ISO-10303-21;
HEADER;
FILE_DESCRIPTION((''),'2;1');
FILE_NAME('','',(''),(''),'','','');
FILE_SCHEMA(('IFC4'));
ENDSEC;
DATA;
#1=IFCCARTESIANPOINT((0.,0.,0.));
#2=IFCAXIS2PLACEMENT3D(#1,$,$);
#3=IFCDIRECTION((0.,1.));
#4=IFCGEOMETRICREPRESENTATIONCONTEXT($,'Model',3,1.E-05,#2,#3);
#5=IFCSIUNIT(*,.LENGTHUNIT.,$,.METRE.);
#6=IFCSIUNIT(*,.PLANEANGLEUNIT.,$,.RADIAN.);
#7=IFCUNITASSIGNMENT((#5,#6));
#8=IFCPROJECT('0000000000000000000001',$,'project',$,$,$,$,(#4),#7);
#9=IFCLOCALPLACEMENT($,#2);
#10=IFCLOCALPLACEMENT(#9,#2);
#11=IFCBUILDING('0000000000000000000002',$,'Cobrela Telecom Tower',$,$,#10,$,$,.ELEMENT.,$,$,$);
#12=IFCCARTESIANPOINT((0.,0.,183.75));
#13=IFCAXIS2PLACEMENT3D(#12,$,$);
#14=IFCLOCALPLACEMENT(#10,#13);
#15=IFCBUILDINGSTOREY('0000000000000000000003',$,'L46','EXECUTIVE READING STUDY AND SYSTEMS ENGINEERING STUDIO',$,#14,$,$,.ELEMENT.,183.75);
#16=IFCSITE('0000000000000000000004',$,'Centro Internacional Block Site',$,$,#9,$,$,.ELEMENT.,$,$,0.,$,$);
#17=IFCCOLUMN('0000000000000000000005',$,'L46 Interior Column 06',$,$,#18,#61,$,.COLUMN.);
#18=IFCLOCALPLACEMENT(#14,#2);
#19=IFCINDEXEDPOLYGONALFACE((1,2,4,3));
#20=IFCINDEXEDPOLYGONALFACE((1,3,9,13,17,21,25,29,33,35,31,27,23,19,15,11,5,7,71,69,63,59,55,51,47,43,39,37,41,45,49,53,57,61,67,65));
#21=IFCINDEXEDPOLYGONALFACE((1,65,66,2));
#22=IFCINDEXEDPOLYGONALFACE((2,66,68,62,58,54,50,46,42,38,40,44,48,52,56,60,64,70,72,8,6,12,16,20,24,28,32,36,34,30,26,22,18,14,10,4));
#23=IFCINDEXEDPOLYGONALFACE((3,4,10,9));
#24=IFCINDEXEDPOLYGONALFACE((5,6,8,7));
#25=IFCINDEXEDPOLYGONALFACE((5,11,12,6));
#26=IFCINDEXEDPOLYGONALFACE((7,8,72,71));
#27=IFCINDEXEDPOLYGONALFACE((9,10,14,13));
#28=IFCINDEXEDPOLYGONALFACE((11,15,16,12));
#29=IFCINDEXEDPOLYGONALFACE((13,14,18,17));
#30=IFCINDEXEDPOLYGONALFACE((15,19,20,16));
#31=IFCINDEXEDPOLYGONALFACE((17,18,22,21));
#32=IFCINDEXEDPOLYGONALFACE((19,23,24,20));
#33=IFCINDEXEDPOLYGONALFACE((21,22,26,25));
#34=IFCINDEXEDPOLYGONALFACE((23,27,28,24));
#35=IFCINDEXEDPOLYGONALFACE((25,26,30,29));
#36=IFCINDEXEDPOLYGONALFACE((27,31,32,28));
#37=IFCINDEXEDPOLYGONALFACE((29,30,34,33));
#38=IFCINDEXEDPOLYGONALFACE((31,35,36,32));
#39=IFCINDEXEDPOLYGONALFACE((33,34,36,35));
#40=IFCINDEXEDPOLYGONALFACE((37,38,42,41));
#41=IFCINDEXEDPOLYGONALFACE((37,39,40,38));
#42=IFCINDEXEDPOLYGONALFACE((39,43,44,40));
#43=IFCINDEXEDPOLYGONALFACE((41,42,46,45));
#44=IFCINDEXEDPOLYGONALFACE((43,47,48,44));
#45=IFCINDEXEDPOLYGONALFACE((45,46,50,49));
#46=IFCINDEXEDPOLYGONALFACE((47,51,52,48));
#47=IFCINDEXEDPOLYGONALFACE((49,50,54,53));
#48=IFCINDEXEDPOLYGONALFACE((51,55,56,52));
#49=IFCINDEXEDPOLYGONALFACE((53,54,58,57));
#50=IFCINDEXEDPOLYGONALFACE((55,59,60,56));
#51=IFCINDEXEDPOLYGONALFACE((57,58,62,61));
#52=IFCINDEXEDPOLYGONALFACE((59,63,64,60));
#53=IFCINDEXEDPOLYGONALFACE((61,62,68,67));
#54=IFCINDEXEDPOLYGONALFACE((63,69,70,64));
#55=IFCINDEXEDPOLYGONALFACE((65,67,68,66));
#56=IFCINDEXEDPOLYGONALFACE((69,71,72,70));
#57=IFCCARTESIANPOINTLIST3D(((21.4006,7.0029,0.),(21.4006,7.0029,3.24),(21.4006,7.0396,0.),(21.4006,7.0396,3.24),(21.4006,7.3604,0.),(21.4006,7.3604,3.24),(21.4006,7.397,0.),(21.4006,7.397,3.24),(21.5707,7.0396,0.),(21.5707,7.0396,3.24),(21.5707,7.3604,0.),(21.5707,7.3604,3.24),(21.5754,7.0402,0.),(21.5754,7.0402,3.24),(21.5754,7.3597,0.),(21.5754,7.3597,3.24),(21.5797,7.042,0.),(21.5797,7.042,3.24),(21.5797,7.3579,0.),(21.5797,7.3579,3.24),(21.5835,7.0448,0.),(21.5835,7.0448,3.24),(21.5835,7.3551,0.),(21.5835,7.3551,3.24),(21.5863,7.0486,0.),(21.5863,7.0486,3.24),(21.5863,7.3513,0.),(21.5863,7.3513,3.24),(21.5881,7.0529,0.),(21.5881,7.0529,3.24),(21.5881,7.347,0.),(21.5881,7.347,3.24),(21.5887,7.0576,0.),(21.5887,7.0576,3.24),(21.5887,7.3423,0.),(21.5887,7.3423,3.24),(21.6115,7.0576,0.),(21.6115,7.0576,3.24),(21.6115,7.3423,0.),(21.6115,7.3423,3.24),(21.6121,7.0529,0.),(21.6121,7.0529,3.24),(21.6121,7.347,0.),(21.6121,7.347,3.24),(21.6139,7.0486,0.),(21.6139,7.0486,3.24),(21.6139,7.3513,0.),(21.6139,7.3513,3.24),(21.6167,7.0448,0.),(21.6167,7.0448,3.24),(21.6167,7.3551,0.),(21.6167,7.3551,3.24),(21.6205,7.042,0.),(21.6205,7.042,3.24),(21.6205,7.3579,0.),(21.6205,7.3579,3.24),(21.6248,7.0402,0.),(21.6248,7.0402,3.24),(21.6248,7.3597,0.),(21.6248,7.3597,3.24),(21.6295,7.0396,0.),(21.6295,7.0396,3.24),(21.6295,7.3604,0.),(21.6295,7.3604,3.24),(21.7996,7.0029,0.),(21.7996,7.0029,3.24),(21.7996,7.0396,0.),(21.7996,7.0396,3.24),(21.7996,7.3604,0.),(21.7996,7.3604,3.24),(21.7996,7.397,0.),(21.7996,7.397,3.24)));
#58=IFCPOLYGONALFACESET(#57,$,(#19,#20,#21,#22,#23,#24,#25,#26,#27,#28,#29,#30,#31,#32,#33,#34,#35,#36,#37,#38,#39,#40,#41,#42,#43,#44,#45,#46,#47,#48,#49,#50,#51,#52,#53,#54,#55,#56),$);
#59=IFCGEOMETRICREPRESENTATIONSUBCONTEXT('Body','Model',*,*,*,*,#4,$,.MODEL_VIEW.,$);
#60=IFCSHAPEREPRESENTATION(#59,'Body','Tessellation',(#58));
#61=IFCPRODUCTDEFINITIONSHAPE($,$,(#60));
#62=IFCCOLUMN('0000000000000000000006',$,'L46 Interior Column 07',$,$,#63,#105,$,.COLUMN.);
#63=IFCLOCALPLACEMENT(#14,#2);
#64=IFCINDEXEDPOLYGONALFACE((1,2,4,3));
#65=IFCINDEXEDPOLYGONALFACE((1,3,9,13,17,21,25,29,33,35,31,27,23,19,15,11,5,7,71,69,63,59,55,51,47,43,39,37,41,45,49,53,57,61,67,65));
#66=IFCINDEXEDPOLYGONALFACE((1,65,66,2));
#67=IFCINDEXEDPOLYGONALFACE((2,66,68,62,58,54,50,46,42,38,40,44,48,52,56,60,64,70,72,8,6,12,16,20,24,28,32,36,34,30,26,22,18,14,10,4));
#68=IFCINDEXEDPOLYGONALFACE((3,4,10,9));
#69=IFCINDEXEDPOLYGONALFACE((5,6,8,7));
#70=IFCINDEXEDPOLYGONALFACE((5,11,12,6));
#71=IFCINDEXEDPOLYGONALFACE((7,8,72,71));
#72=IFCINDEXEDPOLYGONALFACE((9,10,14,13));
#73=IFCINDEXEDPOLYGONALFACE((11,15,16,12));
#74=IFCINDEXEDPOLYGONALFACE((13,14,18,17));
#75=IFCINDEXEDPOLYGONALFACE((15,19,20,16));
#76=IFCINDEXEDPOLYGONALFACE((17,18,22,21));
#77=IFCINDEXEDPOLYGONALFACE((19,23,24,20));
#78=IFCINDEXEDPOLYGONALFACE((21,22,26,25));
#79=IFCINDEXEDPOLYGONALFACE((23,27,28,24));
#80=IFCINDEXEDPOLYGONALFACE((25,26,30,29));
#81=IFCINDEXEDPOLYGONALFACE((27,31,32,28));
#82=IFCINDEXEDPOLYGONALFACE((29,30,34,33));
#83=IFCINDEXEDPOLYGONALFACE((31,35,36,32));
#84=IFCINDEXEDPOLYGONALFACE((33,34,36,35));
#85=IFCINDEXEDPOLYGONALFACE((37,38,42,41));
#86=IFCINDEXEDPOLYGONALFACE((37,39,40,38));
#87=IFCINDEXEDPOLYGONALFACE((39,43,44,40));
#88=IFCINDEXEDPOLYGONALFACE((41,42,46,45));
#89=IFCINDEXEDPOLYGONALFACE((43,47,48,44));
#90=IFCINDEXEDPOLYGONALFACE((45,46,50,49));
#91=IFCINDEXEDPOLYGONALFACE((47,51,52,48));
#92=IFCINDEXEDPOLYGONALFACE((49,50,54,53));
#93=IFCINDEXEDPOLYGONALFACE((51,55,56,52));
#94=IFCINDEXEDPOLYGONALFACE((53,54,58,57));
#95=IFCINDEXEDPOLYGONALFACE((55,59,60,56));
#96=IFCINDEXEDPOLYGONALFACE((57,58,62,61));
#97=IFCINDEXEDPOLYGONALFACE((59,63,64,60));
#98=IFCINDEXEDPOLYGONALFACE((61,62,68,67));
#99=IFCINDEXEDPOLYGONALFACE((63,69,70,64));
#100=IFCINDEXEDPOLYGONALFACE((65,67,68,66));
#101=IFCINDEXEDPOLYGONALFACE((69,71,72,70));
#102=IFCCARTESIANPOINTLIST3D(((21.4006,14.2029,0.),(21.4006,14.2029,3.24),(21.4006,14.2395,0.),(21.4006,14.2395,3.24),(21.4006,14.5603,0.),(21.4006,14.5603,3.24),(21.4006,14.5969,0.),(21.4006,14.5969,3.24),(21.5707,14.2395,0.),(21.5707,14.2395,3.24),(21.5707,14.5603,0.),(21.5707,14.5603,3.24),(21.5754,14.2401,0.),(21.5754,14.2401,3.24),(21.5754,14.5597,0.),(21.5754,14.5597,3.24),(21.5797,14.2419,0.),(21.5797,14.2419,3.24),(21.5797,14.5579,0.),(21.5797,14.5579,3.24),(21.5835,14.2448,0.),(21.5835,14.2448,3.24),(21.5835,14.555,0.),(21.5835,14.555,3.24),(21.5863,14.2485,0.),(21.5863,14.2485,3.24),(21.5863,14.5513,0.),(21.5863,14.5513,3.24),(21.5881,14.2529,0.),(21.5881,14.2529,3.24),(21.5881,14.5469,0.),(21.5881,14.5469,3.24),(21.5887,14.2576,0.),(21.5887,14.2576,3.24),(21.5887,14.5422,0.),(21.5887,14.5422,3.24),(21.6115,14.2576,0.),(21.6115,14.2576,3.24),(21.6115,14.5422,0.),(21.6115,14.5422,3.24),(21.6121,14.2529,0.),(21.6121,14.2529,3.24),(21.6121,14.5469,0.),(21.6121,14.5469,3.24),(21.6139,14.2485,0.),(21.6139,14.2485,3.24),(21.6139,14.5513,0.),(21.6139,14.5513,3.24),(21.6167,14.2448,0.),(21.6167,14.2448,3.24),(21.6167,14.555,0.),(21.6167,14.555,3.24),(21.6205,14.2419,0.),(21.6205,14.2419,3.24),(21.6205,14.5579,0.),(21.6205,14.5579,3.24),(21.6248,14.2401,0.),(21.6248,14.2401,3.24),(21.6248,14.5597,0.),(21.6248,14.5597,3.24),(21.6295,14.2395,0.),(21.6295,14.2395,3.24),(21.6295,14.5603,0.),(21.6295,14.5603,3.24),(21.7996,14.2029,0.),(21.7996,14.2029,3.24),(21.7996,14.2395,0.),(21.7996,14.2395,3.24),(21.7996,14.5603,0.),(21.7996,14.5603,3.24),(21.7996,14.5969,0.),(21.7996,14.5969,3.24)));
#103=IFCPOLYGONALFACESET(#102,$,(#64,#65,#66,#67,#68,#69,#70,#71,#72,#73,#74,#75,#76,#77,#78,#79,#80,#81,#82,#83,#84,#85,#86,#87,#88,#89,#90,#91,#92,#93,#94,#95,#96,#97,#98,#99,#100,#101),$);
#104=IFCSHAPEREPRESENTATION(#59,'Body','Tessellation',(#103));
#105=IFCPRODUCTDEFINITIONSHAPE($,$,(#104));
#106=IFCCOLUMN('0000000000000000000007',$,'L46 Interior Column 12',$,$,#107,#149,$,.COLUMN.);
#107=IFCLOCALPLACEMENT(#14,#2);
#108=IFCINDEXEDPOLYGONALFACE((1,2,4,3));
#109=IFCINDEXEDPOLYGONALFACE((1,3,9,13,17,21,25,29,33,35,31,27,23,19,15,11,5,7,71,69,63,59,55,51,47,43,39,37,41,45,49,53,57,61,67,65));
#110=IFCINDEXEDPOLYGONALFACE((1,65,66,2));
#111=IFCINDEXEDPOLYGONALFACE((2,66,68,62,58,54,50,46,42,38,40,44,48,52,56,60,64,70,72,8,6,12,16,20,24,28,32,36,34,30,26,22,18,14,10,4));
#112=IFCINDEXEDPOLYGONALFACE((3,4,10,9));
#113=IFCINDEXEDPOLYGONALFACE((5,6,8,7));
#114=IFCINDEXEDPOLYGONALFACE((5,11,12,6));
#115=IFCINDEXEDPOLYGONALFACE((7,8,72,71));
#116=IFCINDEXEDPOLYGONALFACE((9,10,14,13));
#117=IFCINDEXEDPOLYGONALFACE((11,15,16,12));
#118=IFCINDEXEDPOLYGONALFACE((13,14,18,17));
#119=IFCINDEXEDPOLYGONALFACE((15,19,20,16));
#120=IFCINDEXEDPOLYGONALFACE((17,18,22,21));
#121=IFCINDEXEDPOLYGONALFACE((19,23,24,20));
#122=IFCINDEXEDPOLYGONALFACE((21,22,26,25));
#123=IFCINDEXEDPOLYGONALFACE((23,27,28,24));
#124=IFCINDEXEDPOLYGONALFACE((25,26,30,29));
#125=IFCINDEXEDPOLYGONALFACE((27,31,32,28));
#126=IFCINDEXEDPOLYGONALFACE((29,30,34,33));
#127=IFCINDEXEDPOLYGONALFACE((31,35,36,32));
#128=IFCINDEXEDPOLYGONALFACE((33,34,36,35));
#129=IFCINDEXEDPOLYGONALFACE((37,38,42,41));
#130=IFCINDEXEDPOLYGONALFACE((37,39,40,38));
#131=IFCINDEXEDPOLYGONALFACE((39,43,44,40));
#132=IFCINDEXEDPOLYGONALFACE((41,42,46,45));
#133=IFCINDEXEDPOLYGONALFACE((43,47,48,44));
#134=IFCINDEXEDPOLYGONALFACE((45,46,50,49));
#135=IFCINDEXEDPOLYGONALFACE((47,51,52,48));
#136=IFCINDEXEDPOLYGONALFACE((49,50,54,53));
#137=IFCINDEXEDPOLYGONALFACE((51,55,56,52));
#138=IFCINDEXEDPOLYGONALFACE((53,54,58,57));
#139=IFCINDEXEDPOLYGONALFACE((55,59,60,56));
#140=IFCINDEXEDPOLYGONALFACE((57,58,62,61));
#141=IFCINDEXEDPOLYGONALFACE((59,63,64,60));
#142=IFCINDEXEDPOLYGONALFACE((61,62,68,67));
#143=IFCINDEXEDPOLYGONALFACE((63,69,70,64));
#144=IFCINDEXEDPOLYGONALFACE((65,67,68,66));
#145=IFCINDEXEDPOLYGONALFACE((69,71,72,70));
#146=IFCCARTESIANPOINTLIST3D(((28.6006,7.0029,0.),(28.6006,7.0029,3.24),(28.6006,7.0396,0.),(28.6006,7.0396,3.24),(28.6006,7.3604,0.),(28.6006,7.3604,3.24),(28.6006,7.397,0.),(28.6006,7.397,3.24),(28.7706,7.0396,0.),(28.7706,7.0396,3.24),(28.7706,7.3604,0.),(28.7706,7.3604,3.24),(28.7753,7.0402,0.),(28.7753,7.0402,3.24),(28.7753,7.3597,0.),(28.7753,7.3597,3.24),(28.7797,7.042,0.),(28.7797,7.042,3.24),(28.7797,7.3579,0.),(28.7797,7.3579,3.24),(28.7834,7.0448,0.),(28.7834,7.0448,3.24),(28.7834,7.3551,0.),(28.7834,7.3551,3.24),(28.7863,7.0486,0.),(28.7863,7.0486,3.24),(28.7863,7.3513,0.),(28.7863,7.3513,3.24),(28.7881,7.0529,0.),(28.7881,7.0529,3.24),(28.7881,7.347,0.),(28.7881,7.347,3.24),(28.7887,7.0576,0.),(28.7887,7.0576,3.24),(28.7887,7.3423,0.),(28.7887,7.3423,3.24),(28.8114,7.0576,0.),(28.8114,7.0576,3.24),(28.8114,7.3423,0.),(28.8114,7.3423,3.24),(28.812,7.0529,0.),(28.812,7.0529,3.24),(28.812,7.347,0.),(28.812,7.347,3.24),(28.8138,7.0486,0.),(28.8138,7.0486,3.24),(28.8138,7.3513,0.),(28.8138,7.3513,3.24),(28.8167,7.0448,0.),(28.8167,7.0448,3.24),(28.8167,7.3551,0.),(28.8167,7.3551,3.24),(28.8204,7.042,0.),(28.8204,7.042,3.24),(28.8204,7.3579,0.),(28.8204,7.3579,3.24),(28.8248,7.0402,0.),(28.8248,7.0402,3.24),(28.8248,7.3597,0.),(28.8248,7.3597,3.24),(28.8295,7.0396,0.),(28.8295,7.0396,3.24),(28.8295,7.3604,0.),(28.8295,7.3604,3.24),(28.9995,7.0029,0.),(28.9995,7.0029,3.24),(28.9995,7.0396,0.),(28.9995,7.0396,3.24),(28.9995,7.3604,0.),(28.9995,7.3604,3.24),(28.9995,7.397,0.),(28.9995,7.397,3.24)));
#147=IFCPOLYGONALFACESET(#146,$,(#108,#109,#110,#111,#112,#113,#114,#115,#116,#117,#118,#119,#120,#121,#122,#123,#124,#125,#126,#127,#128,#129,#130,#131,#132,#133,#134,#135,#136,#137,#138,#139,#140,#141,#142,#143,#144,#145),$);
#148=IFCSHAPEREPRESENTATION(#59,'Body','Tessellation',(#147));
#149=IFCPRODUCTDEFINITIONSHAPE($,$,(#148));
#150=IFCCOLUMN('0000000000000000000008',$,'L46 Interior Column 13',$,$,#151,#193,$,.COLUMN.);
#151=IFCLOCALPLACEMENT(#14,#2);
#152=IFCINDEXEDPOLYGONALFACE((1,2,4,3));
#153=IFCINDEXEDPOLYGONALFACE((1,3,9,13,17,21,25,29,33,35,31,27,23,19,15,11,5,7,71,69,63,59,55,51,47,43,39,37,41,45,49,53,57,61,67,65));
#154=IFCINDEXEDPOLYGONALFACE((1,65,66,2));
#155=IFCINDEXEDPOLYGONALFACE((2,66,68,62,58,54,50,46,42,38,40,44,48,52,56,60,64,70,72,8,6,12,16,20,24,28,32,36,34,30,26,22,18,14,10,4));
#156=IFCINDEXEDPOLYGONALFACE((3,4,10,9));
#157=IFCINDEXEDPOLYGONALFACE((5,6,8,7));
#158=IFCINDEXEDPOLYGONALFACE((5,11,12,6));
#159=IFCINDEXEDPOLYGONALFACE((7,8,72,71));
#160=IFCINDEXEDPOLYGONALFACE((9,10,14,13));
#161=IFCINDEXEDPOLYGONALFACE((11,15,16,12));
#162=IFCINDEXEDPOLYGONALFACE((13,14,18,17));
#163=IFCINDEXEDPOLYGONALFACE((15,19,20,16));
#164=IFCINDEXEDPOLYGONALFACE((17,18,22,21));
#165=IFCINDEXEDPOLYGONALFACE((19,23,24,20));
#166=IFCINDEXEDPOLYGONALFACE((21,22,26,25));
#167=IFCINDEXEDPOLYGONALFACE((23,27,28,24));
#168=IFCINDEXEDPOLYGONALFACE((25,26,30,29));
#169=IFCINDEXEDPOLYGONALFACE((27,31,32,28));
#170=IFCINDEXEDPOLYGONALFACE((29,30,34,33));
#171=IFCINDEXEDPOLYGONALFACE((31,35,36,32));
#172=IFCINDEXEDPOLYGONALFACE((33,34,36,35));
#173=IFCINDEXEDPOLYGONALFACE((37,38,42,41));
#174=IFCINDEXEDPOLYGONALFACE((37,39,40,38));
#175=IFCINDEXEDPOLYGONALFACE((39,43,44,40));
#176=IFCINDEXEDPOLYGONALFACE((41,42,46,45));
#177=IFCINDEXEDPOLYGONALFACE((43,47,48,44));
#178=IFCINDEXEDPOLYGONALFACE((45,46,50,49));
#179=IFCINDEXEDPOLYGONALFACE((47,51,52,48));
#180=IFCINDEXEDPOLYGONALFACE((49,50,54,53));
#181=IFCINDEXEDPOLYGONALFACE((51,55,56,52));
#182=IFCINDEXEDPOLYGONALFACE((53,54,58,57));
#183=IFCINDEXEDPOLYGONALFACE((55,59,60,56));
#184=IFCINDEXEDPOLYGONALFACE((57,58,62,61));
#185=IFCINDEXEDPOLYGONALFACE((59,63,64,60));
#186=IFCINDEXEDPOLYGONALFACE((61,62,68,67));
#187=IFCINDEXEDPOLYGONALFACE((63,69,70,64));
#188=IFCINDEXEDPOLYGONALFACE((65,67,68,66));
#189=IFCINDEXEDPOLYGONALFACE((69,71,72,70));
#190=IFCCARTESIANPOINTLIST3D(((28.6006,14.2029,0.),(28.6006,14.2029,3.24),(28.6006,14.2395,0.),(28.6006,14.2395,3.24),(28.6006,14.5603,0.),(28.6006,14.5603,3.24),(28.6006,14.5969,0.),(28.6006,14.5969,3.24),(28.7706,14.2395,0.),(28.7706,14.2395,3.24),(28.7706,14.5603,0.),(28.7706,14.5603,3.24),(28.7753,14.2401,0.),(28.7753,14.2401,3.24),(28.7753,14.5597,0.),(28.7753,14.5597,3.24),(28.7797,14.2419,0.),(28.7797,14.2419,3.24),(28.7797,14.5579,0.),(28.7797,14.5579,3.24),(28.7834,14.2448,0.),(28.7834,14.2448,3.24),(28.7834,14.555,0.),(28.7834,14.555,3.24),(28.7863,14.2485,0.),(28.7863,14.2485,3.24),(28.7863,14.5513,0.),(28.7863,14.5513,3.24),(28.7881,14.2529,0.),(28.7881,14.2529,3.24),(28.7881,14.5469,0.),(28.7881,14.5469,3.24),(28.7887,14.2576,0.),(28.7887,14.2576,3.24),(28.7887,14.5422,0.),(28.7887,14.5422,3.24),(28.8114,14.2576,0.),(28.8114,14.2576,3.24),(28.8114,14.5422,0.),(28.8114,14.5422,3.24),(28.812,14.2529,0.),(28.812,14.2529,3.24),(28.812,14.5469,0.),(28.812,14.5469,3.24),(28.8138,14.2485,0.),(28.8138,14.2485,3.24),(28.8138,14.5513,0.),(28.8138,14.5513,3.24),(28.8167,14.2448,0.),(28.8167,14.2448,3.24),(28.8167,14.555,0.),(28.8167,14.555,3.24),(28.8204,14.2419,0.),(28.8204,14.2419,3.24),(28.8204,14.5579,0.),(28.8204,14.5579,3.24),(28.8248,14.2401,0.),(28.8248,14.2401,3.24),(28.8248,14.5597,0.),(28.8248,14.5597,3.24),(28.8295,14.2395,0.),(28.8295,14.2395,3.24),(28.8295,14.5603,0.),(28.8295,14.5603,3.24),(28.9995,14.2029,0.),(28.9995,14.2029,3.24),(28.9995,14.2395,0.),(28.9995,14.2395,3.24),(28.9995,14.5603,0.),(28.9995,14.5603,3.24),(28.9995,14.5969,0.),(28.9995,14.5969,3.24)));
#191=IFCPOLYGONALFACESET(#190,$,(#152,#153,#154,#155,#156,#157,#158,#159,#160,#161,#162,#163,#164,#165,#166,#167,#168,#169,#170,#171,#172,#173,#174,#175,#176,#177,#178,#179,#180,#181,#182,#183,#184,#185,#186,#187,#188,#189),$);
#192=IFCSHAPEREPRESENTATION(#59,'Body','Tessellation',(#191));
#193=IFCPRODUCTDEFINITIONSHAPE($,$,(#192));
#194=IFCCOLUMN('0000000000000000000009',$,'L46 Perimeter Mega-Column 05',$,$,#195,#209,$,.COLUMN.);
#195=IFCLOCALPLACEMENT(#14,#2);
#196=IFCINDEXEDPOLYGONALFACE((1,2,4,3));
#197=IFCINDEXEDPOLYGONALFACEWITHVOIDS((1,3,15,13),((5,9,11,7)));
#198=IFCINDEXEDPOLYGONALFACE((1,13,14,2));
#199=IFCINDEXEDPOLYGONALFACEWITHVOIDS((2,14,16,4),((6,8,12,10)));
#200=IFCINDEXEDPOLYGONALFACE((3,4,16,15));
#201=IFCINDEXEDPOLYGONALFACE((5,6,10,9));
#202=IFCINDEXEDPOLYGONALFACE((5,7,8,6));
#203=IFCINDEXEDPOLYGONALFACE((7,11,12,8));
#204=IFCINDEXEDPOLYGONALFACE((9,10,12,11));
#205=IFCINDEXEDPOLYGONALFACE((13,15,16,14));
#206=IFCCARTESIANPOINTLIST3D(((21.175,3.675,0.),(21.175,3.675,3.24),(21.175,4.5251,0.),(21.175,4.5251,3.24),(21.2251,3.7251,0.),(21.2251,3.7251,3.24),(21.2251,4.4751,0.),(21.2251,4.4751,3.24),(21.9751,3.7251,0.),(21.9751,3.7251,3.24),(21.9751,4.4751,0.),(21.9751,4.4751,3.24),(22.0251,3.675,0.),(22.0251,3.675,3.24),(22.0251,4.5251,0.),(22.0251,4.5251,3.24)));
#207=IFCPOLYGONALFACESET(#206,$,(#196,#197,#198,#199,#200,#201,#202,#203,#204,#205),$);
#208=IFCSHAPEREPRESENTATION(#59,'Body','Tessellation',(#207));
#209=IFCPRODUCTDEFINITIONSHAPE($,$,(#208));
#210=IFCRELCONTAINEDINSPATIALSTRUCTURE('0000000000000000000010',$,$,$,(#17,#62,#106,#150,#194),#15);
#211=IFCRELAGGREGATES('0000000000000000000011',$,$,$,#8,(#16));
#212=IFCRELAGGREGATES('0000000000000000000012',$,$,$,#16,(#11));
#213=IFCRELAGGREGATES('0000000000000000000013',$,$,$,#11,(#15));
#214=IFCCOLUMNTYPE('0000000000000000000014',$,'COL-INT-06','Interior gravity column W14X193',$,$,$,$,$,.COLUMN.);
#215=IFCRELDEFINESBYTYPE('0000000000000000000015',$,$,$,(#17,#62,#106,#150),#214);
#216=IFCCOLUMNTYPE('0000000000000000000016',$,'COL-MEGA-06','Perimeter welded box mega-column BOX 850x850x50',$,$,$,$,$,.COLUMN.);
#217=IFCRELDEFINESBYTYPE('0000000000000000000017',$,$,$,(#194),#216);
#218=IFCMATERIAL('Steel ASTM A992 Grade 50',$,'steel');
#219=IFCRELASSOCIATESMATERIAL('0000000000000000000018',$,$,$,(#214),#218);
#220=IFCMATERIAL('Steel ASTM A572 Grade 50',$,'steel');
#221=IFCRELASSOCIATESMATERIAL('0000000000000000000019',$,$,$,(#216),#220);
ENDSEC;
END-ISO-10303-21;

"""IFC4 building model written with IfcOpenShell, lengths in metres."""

from ifc_helpers import new_model, si_unit, direction, frame, origin, origin_2d, place, context, subcontext, project, spatial, hollow_rectangle, i_section, extrude, material, material_profile, profile_set, type_object, element, save


model = new_model("IFC4")

# Units and contexts
model_context = context("Model", 3, precision=1e-05, world=origin(), true_north=direction((0.0, 1.0)))
body_context = subcontext(model_context, "Body", "Model", "MODEL_VIEW")
ifc_project = project(units=[si_unit("LENGTHUNIT", "METRE"), si_unit("PLANEANGLEUNIT", "RADIAN")], contexts=[model_context])

# Site, building, storey
site_placement = place(None, origin())
site = spatial("IfcSite", under=ifc_project, at=site_placement, Name="Centro Internacional Block Site", CompositionType="ELEMENT", RefElevation=0.0)
building_placement = place(site_placement, origin())
building = spatial("IfcBuilding", under=site, at=building_placement, Name="Cobrela Telecom Tower", CompositionType="ELEMENT")
storey_placement = place(building_placement, frame((0.0, 0.0, 183.75)))
storey = spatial("IfcBuildingStorey", under=building, at=storey_placement, Name="L46", Description="EXECUTIVE READING STUDY AND SYSTEMS ENGINEERING STUDIO", CompositionType="ELEMENT", Elevation=183.75)

# Columns
ifc_material_1 = material(Name="Steel ASTM A992 Grade 50", Category="steel")
ifc_material_profile_1 = material_profile(ifc_material_1, i_section(OverallWidth=0.3989, OverallDepth=0.394, WebThickness=0.0227, FlangeThickness=0.0366, FilletRadius=0.0181, at=origin_2d()), Name="W14X193")
ifc_profile_set_1 = profile_set([ifc_material_profile_1], Name="Steel ASTM A992 Grade 50")
column_type_1 = type_object("IfcColumnType", Name="COL-INT-06", Description="Interior gravity column W14X193", PredefinedType="COLUMN", material=ifc_profile_set_1)
for number, where, z_axis, x_axis, name in (
    (1, (21.6001, 7.2, 0.0), (0.0, 0.0, 1.0), (1.0, 0.0, 0.0), "L46 Interior Column 06"),
    (2, (21.6001, 14.3999, 0.0), (0.0, 0.0, 1.0), (1.0, 0.0, 0.0), "L46 Interior Column 07"),
    (3, (28.8, 7.2, 0.0), (0.0, 0.0, 1.0), (1.0, 0.0, 0.0), "L46 Interior Column 12"),
    (4, (28.8, 14.3999, 0.0), (0.0, 0.0, 1.0), (1.0, 0.0, 0.0), "L46 Interior Column 13"),
):
    element("IfcColumn", number, at=place(storey_placement, frame(where, z_axis=z_axis, x_axis=x_axis)), inside=storey, type_object=column_type_1, Name=name, PredefinedType="COLUMN", context=body_context, shape_type="SweptSolid", body=[
        extrude(i_section(OverallWidth=0.3989, OverallDepth=0.394, WebThickness=0.0227, FlangeThickness=0.0366, FilletRadius=0.0181, at=origin_2d()), origin(), (0.0, 0.0, 1.0), 3.24),
    ])
ifc_material_2 = material(Name="Steel ASTM A572 Grade 50", Category="steel")
ifc_material_profile_2 = material_profile(ifc_material_2, hollow_rectangle(XDim=0.8501, YDim=0.8501, WallThickness=0.05, at=origin_2d()), Name="BOX 850x850x50")
ifc_profile_set_2 = profile_set([ifc_material_profile_2], Name="Steel ASTM A572 Grade 50")
column_type_2 = type_object("IfcColumnType", Name="COL-MEGA-06", Description="Perimeter welded box mega-column BOX 850x850x50", PredefinedType="COLUMN", material=ifc_profile_set_2)
for number, where, z_axis, x_axis, name in (
    (5, (21.6001, 4.1001, 0.0), (0.0, 0.0, 1.0), (1.0, 0.0, 0.0), "L46 Perimeter Mega-Column 05"),
):
    element("IfcColumn", number, at=place(storey_placement, frame(where, z_axis=z_axis, x_axis=x_axis)), inside=storey, type_object=column_type_2, Name=name, PredefinedType="COLUMN", context=body_context, shape_type="SweptSolid", body=[
        extrude(hollow_rectangle(XDim=0.8501, YDim=0.8501, WallThickness=0.05, at=origin_2d()), origin(), (0.0, 0.0, 1.0), 3.24),
    ])

save(model, "model.ifc")
